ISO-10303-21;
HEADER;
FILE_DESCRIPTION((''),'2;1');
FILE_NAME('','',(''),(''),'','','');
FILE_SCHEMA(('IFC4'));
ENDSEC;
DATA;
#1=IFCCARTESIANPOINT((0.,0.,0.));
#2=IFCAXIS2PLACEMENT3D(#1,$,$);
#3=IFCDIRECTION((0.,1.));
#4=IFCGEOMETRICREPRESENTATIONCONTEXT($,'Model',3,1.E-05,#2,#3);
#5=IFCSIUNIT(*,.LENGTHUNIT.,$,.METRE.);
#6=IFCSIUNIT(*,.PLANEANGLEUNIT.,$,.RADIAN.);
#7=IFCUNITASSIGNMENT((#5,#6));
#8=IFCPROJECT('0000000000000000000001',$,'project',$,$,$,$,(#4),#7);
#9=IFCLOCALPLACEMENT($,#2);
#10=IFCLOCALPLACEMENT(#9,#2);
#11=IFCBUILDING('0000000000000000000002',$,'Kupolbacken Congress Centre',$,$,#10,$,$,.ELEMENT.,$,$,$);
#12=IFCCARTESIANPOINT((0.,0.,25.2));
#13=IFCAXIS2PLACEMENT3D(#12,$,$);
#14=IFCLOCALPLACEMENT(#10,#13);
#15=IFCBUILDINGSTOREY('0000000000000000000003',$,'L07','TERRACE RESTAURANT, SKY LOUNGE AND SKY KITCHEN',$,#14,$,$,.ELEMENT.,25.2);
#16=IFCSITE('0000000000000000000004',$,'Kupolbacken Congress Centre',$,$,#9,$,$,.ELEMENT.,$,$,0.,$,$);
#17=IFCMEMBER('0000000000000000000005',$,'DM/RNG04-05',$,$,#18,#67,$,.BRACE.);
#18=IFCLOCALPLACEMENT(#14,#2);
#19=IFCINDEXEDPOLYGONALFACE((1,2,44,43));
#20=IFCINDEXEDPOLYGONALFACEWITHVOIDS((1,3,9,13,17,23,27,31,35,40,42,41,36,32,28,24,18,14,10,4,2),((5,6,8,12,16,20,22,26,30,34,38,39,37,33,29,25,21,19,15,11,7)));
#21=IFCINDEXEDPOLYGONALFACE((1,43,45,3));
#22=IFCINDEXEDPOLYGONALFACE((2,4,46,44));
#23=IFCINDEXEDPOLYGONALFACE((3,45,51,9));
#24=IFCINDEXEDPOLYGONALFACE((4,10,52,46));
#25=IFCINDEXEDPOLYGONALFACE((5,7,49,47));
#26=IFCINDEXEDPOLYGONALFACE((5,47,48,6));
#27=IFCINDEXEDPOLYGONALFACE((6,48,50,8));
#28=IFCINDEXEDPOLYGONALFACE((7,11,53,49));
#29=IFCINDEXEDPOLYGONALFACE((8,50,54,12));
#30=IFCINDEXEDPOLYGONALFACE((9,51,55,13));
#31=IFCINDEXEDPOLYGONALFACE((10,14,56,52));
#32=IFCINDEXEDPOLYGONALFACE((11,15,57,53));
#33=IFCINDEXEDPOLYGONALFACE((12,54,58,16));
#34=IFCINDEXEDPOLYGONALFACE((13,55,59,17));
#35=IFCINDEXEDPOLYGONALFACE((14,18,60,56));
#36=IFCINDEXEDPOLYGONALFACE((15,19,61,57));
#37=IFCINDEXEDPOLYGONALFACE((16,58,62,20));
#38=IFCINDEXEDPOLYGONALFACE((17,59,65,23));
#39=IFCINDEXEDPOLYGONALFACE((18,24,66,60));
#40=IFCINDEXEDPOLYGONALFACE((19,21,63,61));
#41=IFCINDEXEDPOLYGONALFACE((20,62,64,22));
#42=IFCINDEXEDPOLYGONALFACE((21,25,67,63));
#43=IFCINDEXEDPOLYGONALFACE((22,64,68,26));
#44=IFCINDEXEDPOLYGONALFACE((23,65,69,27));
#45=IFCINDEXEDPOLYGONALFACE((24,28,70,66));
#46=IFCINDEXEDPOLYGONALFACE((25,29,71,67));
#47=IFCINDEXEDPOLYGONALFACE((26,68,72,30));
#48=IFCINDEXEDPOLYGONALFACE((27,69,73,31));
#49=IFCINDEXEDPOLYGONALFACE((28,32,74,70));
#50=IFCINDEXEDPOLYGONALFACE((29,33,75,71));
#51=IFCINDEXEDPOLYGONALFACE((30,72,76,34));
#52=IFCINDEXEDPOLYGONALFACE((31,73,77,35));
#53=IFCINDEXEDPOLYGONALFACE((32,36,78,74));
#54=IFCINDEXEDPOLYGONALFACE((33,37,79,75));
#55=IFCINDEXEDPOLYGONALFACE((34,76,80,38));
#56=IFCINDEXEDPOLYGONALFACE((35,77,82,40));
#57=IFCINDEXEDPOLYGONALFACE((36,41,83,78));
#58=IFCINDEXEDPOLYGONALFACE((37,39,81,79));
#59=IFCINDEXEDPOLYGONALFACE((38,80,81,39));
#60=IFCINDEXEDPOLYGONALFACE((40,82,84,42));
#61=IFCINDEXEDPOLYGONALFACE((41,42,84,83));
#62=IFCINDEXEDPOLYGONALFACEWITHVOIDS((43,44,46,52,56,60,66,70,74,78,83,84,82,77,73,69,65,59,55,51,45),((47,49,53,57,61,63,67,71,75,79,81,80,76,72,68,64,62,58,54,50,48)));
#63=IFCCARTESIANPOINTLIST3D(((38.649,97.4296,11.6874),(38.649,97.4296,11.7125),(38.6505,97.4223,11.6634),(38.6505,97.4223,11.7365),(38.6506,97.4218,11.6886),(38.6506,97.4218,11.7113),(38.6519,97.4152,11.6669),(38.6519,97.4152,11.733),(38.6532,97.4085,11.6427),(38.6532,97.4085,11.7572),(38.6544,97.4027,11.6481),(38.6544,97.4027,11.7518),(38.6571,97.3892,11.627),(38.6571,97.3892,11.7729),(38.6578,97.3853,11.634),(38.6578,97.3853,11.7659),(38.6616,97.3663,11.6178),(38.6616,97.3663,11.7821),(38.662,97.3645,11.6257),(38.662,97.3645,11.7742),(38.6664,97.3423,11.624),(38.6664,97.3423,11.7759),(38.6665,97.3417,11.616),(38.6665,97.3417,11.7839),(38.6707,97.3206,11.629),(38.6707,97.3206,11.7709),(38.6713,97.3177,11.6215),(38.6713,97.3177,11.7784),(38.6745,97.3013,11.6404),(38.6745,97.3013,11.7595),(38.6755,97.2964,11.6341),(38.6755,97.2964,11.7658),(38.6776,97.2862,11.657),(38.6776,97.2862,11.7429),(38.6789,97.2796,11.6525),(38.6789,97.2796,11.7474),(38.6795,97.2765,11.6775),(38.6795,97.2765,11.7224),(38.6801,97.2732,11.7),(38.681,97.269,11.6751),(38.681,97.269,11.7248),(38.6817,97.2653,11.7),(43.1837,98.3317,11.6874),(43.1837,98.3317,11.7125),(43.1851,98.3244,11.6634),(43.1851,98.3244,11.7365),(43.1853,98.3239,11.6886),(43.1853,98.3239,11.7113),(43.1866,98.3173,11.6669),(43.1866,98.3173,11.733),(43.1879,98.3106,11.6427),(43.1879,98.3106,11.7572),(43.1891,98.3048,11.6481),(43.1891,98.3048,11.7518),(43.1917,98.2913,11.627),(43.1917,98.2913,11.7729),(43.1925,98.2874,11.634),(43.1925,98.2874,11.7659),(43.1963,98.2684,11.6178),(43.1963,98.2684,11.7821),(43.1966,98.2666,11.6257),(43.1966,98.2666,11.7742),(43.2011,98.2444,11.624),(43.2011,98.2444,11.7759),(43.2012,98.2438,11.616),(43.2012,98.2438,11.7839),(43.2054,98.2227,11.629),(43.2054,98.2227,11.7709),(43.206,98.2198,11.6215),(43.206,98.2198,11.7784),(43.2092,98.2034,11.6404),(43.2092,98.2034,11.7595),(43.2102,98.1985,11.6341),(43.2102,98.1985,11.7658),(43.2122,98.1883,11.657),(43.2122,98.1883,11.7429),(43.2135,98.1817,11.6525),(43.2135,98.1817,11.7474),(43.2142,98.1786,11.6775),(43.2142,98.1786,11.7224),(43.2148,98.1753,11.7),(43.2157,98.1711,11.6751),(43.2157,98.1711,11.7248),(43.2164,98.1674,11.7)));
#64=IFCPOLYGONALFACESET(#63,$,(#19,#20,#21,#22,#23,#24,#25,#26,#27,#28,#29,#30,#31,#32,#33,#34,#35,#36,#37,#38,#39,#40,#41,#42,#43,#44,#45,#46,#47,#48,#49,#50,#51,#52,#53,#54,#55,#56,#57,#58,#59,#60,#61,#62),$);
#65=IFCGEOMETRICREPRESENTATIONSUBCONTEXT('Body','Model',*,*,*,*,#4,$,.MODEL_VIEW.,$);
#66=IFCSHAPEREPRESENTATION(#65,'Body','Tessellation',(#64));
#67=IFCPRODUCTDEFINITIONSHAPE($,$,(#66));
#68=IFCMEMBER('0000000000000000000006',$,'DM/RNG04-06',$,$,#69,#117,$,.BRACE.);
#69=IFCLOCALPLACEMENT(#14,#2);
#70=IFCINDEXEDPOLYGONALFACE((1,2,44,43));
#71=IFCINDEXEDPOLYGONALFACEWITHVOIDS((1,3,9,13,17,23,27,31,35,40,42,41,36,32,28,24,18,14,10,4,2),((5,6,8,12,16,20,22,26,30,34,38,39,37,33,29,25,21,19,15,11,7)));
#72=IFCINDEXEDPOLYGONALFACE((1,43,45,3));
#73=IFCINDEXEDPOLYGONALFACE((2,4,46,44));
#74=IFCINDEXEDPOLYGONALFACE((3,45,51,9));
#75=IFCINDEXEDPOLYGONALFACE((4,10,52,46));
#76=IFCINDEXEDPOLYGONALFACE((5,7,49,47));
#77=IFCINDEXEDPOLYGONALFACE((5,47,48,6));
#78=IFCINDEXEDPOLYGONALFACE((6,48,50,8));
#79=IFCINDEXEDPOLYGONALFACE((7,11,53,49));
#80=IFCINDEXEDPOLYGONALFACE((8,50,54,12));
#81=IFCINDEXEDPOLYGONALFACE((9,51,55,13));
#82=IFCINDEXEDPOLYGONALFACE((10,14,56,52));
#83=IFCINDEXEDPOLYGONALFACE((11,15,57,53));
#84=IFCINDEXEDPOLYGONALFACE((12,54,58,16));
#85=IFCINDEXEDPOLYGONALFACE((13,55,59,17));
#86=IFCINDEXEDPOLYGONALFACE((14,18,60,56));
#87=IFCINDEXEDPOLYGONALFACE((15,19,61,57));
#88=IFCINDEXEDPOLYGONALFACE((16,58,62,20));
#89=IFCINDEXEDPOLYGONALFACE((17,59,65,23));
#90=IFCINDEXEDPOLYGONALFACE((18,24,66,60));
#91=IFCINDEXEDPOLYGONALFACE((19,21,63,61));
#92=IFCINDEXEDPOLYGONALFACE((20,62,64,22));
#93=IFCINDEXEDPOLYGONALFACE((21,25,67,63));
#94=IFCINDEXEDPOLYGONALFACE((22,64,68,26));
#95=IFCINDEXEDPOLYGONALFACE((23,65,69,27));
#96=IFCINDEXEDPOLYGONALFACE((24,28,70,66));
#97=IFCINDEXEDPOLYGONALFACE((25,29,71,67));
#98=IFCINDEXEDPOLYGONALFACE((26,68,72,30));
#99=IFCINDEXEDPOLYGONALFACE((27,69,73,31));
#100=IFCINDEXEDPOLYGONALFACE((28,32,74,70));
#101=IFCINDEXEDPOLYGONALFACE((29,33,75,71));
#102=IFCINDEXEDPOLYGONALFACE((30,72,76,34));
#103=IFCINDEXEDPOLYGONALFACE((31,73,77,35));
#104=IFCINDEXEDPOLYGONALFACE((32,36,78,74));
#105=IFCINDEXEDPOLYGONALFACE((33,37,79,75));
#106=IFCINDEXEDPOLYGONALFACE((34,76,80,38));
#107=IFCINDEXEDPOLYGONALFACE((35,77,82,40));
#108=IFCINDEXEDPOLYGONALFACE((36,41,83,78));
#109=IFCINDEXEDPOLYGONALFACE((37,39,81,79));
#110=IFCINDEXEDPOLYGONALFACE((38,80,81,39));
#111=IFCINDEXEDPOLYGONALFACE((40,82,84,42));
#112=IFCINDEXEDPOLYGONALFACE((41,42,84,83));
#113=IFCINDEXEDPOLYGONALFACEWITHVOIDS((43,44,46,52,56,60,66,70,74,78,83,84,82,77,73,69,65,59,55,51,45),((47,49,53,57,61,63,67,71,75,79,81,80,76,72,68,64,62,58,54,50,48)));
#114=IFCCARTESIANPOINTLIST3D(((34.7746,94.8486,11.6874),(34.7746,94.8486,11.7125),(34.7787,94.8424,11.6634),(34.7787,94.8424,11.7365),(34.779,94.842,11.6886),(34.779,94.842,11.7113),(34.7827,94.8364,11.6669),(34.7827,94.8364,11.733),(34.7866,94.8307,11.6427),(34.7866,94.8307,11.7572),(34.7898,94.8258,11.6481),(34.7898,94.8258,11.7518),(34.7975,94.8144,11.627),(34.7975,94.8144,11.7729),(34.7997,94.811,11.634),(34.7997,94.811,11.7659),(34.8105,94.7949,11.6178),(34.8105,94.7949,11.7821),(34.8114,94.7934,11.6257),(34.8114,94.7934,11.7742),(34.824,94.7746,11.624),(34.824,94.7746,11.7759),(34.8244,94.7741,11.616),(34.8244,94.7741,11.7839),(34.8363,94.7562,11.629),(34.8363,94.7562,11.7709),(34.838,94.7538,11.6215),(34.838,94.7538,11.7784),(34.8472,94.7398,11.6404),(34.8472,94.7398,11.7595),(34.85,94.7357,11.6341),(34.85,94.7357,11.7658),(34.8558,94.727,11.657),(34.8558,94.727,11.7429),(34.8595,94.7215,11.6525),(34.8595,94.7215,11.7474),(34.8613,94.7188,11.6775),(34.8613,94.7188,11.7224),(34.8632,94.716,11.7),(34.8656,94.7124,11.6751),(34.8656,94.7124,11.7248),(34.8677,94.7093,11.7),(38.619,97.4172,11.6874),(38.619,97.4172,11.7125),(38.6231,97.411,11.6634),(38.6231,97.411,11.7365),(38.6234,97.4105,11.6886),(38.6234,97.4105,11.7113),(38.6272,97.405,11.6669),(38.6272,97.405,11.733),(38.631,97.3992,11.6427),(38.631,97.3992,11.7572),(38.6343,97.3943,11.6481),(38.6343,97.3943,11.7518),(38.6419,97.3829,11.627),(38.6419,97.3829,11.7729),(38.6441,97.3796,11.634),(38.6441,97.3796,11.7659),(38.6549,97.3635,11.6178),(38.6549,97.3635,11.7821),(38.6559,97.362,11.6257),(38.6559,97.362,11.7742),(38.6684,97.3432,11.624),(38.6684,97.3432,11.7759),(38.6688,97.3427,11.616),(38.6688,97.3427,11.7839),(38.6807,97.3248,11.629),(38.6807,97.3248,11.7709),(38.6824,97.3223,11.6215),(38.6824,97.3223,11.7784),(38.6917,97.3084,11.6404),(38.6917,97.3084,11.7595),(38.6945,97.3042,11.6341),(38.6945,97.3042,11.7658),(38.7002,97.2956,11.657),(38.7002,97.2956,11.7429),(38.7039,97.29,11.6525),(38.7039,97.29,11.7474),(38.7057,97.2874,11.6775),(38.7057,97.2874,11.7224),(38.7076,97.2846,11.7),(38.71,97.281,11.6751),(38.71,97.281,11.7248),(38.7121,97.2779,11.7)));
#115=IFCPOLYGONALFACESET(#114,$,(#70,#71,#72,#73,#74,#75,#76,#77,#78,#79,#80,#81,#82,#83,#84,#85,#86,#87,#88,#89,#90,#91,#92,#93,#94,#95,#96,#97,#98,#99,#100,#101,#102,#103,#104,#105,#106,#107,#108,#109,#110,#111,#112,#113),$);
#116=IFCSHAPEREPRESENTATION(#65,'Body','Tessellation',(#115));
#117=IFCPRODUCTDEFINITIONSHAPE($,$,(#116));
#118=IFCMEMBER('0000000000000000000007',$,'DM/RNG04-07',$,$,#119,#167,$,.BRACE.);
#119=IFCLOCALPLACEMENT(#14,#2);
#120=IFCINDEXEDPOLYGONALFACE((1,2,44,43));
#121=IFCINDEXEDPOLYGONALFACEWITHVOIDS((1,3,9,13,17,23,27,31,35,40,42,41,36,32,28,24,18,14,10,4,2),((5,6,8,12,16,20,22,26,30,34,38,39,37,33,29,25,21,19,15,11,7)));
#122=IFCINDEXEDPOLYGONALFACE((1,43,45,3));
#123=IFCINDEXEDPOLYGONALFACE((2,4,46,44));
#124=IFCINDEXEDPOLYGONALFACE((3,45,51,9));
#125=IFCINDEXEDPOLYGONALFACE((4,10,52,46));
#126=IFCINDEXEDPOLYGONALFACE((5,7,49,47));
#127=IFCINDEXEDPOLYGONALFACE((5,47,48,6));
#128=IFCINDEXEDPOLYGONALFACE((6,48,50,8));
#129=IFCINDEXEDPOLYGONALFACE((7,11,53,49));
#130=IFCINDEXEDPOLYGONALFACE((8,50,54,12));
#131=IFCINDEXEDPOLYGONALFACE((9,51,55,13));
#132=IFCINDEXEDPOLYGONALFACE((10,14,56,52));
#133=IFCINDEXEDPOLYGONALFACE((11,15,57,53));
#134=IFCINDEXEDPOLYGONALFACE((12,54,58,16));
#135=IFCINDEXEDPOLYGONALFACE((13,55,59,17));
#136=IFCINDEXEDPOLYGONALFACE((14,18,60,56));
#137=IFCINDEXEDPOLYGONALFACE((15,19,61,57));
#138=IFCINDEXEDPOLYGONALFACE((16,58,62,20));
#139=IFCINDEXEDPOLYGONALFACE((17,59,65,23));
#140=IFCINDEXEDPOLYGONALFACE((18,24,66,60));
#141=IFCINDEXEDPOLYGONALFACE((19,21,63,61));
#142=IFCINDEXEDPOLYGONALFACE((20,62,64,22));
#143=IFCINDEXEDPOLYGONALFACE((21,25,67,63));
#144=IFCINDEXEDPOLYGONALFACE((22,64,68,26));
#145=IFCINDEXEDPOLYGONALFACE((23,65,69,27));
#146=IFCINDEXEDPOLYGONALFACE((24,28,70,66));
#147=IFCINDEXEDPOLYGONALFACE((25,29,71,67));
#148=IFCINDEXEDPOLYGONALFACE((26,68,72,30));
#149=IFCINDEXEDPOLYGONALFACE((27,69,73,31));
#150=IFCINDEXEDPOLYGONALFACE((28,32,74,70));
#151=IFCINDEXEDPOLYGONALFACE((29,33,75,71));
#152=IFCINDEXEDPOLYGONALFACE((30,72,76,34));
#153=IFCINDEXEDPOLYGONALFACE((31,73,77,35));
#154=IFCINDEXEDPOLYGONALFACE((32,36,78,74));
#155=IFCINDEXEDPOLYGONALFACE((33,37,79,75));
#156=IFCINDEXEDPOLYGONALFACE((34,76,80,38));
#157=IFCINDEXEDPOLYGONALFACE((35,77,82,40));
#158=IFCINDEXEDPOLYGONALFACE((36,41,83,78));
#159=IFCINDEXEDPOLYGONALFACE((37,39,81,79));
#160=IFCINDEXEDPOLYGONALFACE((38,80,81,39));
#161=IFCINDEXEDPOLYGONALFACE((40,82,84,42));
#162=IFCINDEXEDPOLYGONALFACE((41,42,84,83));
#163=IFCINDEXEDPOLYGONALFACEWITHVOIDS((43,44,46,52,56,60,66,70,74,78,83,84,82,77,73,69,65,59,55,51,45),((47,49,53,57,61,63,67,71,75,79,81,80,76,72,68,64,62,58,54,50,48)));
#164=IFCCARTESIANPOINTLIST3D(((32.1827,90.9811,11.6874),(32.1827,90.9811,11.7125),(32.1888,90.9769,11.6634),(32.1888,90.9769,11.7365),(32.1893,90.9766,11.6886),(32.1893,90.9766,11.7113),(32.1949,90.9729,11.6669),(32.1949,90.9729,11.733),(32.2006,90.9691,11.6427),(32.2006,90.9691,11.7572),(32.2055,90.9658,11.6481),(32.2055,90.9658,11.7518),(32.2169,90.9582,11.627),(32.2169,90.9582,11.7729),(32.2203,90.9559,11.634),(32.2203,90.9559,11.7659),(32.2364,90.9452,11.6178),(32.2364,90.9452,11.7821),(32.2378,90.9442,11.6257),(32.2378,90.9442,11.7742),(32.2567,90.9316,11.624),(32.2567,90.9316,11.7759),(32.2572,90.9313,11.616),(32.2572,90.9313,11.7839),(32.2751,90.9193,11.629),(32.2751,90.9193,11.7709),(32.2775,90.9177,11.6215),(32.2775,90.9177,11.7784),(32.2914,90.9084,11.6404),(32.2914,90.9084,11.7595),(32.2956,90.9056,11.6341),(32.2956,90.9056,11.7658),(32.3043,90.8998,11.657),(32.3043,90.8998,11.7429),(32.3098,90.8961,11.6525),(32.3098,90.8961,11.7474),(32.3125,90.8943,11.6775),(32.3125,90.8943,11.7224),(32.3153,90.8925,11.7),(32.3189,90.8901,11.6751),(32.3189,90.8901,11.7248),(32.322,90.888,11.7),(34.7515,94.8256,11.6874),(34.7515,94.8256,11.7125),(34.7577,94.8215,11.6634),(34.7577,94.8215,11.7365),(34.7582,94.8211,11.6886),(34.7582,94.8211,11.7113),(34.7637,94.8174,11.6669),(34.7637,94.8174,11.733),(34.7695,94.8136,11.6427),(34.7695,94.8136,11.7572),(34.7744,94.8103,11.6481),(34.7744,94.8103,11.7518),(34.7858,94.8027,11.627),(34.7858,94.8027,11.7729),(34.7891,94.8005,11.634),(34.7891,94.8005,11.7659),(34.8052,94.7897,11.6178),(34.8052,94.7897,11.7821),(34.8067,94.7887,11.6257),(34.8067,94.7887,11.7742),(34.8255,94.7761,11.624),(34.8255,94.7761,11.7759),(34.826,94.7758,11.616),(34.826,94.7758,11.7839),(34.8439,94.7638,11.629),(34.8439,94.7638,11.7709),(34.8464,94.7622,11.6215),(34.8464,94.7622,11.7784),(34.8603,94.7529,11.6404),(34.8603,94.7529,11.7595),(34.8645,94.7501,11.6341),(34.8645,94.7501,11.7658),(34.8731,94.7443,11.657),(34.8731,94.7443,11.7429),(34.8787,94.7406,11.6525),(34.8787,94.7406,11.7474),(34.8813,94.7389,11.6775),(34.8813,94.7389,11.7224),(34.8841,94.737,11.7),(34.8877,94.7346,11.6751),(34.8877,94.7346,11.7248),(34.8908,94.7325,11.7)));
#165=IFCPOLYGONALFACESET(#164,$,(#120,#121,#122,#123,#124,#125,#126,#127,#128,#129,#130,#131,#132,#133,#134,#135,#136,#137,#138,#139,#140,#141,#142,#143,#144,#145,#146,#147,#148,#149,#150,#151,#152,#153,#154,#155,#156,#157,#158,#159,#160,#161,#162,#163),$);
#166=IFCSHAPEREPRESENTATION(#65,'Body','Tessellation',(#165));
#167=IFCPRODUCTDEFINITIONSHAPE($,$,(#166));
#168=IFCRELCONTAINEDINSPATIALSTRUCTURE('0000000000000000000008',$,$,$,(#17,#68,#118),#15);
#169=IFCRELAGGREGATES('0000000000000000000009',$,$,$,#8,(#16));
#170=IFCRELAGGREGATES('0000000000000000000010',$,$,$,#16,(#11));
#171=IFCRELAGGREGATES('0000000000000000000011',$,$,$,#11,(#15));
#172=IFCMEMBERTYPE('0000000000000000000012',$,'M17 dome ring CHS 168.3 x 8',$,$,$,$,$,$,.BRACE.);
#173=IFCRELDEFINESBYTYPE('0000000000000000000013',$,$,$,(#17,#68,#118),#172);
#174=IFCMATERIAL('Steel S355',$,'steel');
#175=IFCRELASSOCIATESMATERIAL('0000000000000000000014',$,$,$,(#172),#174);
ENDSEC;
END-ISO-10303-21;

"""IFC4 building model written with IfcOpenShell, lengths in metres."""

from ifc_helpers import new_model, si_unit, direction, frame, origin, origin_2d, place, context, subcontext, project, spatial, hollow_circle, extrude, material, material_profile, profile_set, type_object, element, save


model = new_model("IFC4")

# Units and contexts
model_context = context("Model", 3, precision=1e-05, world=origin(), true_north=direction((0.0, 1.0)))
body_context = subcontext(model_context, "Body", "Model", "MODEL_VIEW")
ifc_project = project(units=[si_unit("LENGTHUNIT", "METRE"), si_unit("PLANEANGLEUNIT", "RADIAN")], contexts=[model_context])

# Site, building, storey
site_placement = place(None, origin())
site = spatial("IfcSite", under=ifc_project, at=site_placement, Name="Kupolbacken Congress Centre", CompositionType="ELEMENT", RefElevation=0.0)
building_placement = place(site_placement, origin())
building = spatial("IfcBuilding", under=site, at=building_placement, Name="Kupolbacken Congress Centre", CompositionType="ELEMENT")
storey_placement = place(building_placement, frame((0.0, 0.0, 25.2)))
storey = spatial("IfcBuildingStorey", under=building, at=storey_placement, Name="L07", Description="TERRACE RESTAURANT, SKY LOUNGE AND SKY KITCHEN", CompositionType="ELEMENT", Elevation=25.2)

# Members
ifc_material_1 = material(Name="Steel S355", Category="steel")
ifc_material_profile_1 = material_profile(ifc_material_1, hollow_circle(Radius=0.0842, WallThickness=0.0081, at=origin_2d()), Name="CHS 168.3 x 8")
ifc_profile_set_1 = profile_set([ifc_material_profile_1], Name="Steel S355")
member_type_1 = type_object("IfcMemberType", Name="M17 dome ring CHS 168.3 x 8", PredefinedType="BRACE", material=ifc_profile_set_1)
for number, where, z_axis, x_axis, name in (
    (1, (43.2, 98.25, 11.7), (-0.980781, -0.195111, 0.0), (0.195111, -0.980781, 0.0), "DM/RNG04-05"),
    (2, (38.6653, 97.3479, 11.7), (-0.831489, -0.555541, 0.0), (0.555541, -0.831489, 0.0), "DM/RNG04-06"),
):
    element("IfcMember", number, at=place(storey_placement, frame(where, z_axis=z_axis, x_axis=x_axis)), inside=storey, type_object=member_type_1, Name=name, PredefinedType="BRACE", context=body_context, shape_type="SweptSolid", body=[
        extrude(hollow_circle(Radius=0.0842, WallThickness=0.0081, at=origin_2d()), origin(), (0.0, 0.0, 1.0), 4.6235),
    ])
for number, where, z_axis, x_axis, name in (
    (3, (34.8208, 94.7793, 11.7), (-0.555577, -0.831465, 0.0), (0.831465, -0.555577, 0.0), "DM/RNG04-07"),
):
    element("IfcMember", number, at=place(storey_placement, frame(where, z_axis=z_axis, x_axis=x_axis)), inside=storey, type_object=member_type_1, Name=name, PredefinedType="BRACE", context=body_context, shape_type="SweptSolid", body=[
        extrude(hollow_circle(Radius=0.0842, WallThickness=0.0081, at=origin_2d()), origin(), (0.0, 0.0, 1.0), 4.6238),
    ])

save(model, "model.ifc")
